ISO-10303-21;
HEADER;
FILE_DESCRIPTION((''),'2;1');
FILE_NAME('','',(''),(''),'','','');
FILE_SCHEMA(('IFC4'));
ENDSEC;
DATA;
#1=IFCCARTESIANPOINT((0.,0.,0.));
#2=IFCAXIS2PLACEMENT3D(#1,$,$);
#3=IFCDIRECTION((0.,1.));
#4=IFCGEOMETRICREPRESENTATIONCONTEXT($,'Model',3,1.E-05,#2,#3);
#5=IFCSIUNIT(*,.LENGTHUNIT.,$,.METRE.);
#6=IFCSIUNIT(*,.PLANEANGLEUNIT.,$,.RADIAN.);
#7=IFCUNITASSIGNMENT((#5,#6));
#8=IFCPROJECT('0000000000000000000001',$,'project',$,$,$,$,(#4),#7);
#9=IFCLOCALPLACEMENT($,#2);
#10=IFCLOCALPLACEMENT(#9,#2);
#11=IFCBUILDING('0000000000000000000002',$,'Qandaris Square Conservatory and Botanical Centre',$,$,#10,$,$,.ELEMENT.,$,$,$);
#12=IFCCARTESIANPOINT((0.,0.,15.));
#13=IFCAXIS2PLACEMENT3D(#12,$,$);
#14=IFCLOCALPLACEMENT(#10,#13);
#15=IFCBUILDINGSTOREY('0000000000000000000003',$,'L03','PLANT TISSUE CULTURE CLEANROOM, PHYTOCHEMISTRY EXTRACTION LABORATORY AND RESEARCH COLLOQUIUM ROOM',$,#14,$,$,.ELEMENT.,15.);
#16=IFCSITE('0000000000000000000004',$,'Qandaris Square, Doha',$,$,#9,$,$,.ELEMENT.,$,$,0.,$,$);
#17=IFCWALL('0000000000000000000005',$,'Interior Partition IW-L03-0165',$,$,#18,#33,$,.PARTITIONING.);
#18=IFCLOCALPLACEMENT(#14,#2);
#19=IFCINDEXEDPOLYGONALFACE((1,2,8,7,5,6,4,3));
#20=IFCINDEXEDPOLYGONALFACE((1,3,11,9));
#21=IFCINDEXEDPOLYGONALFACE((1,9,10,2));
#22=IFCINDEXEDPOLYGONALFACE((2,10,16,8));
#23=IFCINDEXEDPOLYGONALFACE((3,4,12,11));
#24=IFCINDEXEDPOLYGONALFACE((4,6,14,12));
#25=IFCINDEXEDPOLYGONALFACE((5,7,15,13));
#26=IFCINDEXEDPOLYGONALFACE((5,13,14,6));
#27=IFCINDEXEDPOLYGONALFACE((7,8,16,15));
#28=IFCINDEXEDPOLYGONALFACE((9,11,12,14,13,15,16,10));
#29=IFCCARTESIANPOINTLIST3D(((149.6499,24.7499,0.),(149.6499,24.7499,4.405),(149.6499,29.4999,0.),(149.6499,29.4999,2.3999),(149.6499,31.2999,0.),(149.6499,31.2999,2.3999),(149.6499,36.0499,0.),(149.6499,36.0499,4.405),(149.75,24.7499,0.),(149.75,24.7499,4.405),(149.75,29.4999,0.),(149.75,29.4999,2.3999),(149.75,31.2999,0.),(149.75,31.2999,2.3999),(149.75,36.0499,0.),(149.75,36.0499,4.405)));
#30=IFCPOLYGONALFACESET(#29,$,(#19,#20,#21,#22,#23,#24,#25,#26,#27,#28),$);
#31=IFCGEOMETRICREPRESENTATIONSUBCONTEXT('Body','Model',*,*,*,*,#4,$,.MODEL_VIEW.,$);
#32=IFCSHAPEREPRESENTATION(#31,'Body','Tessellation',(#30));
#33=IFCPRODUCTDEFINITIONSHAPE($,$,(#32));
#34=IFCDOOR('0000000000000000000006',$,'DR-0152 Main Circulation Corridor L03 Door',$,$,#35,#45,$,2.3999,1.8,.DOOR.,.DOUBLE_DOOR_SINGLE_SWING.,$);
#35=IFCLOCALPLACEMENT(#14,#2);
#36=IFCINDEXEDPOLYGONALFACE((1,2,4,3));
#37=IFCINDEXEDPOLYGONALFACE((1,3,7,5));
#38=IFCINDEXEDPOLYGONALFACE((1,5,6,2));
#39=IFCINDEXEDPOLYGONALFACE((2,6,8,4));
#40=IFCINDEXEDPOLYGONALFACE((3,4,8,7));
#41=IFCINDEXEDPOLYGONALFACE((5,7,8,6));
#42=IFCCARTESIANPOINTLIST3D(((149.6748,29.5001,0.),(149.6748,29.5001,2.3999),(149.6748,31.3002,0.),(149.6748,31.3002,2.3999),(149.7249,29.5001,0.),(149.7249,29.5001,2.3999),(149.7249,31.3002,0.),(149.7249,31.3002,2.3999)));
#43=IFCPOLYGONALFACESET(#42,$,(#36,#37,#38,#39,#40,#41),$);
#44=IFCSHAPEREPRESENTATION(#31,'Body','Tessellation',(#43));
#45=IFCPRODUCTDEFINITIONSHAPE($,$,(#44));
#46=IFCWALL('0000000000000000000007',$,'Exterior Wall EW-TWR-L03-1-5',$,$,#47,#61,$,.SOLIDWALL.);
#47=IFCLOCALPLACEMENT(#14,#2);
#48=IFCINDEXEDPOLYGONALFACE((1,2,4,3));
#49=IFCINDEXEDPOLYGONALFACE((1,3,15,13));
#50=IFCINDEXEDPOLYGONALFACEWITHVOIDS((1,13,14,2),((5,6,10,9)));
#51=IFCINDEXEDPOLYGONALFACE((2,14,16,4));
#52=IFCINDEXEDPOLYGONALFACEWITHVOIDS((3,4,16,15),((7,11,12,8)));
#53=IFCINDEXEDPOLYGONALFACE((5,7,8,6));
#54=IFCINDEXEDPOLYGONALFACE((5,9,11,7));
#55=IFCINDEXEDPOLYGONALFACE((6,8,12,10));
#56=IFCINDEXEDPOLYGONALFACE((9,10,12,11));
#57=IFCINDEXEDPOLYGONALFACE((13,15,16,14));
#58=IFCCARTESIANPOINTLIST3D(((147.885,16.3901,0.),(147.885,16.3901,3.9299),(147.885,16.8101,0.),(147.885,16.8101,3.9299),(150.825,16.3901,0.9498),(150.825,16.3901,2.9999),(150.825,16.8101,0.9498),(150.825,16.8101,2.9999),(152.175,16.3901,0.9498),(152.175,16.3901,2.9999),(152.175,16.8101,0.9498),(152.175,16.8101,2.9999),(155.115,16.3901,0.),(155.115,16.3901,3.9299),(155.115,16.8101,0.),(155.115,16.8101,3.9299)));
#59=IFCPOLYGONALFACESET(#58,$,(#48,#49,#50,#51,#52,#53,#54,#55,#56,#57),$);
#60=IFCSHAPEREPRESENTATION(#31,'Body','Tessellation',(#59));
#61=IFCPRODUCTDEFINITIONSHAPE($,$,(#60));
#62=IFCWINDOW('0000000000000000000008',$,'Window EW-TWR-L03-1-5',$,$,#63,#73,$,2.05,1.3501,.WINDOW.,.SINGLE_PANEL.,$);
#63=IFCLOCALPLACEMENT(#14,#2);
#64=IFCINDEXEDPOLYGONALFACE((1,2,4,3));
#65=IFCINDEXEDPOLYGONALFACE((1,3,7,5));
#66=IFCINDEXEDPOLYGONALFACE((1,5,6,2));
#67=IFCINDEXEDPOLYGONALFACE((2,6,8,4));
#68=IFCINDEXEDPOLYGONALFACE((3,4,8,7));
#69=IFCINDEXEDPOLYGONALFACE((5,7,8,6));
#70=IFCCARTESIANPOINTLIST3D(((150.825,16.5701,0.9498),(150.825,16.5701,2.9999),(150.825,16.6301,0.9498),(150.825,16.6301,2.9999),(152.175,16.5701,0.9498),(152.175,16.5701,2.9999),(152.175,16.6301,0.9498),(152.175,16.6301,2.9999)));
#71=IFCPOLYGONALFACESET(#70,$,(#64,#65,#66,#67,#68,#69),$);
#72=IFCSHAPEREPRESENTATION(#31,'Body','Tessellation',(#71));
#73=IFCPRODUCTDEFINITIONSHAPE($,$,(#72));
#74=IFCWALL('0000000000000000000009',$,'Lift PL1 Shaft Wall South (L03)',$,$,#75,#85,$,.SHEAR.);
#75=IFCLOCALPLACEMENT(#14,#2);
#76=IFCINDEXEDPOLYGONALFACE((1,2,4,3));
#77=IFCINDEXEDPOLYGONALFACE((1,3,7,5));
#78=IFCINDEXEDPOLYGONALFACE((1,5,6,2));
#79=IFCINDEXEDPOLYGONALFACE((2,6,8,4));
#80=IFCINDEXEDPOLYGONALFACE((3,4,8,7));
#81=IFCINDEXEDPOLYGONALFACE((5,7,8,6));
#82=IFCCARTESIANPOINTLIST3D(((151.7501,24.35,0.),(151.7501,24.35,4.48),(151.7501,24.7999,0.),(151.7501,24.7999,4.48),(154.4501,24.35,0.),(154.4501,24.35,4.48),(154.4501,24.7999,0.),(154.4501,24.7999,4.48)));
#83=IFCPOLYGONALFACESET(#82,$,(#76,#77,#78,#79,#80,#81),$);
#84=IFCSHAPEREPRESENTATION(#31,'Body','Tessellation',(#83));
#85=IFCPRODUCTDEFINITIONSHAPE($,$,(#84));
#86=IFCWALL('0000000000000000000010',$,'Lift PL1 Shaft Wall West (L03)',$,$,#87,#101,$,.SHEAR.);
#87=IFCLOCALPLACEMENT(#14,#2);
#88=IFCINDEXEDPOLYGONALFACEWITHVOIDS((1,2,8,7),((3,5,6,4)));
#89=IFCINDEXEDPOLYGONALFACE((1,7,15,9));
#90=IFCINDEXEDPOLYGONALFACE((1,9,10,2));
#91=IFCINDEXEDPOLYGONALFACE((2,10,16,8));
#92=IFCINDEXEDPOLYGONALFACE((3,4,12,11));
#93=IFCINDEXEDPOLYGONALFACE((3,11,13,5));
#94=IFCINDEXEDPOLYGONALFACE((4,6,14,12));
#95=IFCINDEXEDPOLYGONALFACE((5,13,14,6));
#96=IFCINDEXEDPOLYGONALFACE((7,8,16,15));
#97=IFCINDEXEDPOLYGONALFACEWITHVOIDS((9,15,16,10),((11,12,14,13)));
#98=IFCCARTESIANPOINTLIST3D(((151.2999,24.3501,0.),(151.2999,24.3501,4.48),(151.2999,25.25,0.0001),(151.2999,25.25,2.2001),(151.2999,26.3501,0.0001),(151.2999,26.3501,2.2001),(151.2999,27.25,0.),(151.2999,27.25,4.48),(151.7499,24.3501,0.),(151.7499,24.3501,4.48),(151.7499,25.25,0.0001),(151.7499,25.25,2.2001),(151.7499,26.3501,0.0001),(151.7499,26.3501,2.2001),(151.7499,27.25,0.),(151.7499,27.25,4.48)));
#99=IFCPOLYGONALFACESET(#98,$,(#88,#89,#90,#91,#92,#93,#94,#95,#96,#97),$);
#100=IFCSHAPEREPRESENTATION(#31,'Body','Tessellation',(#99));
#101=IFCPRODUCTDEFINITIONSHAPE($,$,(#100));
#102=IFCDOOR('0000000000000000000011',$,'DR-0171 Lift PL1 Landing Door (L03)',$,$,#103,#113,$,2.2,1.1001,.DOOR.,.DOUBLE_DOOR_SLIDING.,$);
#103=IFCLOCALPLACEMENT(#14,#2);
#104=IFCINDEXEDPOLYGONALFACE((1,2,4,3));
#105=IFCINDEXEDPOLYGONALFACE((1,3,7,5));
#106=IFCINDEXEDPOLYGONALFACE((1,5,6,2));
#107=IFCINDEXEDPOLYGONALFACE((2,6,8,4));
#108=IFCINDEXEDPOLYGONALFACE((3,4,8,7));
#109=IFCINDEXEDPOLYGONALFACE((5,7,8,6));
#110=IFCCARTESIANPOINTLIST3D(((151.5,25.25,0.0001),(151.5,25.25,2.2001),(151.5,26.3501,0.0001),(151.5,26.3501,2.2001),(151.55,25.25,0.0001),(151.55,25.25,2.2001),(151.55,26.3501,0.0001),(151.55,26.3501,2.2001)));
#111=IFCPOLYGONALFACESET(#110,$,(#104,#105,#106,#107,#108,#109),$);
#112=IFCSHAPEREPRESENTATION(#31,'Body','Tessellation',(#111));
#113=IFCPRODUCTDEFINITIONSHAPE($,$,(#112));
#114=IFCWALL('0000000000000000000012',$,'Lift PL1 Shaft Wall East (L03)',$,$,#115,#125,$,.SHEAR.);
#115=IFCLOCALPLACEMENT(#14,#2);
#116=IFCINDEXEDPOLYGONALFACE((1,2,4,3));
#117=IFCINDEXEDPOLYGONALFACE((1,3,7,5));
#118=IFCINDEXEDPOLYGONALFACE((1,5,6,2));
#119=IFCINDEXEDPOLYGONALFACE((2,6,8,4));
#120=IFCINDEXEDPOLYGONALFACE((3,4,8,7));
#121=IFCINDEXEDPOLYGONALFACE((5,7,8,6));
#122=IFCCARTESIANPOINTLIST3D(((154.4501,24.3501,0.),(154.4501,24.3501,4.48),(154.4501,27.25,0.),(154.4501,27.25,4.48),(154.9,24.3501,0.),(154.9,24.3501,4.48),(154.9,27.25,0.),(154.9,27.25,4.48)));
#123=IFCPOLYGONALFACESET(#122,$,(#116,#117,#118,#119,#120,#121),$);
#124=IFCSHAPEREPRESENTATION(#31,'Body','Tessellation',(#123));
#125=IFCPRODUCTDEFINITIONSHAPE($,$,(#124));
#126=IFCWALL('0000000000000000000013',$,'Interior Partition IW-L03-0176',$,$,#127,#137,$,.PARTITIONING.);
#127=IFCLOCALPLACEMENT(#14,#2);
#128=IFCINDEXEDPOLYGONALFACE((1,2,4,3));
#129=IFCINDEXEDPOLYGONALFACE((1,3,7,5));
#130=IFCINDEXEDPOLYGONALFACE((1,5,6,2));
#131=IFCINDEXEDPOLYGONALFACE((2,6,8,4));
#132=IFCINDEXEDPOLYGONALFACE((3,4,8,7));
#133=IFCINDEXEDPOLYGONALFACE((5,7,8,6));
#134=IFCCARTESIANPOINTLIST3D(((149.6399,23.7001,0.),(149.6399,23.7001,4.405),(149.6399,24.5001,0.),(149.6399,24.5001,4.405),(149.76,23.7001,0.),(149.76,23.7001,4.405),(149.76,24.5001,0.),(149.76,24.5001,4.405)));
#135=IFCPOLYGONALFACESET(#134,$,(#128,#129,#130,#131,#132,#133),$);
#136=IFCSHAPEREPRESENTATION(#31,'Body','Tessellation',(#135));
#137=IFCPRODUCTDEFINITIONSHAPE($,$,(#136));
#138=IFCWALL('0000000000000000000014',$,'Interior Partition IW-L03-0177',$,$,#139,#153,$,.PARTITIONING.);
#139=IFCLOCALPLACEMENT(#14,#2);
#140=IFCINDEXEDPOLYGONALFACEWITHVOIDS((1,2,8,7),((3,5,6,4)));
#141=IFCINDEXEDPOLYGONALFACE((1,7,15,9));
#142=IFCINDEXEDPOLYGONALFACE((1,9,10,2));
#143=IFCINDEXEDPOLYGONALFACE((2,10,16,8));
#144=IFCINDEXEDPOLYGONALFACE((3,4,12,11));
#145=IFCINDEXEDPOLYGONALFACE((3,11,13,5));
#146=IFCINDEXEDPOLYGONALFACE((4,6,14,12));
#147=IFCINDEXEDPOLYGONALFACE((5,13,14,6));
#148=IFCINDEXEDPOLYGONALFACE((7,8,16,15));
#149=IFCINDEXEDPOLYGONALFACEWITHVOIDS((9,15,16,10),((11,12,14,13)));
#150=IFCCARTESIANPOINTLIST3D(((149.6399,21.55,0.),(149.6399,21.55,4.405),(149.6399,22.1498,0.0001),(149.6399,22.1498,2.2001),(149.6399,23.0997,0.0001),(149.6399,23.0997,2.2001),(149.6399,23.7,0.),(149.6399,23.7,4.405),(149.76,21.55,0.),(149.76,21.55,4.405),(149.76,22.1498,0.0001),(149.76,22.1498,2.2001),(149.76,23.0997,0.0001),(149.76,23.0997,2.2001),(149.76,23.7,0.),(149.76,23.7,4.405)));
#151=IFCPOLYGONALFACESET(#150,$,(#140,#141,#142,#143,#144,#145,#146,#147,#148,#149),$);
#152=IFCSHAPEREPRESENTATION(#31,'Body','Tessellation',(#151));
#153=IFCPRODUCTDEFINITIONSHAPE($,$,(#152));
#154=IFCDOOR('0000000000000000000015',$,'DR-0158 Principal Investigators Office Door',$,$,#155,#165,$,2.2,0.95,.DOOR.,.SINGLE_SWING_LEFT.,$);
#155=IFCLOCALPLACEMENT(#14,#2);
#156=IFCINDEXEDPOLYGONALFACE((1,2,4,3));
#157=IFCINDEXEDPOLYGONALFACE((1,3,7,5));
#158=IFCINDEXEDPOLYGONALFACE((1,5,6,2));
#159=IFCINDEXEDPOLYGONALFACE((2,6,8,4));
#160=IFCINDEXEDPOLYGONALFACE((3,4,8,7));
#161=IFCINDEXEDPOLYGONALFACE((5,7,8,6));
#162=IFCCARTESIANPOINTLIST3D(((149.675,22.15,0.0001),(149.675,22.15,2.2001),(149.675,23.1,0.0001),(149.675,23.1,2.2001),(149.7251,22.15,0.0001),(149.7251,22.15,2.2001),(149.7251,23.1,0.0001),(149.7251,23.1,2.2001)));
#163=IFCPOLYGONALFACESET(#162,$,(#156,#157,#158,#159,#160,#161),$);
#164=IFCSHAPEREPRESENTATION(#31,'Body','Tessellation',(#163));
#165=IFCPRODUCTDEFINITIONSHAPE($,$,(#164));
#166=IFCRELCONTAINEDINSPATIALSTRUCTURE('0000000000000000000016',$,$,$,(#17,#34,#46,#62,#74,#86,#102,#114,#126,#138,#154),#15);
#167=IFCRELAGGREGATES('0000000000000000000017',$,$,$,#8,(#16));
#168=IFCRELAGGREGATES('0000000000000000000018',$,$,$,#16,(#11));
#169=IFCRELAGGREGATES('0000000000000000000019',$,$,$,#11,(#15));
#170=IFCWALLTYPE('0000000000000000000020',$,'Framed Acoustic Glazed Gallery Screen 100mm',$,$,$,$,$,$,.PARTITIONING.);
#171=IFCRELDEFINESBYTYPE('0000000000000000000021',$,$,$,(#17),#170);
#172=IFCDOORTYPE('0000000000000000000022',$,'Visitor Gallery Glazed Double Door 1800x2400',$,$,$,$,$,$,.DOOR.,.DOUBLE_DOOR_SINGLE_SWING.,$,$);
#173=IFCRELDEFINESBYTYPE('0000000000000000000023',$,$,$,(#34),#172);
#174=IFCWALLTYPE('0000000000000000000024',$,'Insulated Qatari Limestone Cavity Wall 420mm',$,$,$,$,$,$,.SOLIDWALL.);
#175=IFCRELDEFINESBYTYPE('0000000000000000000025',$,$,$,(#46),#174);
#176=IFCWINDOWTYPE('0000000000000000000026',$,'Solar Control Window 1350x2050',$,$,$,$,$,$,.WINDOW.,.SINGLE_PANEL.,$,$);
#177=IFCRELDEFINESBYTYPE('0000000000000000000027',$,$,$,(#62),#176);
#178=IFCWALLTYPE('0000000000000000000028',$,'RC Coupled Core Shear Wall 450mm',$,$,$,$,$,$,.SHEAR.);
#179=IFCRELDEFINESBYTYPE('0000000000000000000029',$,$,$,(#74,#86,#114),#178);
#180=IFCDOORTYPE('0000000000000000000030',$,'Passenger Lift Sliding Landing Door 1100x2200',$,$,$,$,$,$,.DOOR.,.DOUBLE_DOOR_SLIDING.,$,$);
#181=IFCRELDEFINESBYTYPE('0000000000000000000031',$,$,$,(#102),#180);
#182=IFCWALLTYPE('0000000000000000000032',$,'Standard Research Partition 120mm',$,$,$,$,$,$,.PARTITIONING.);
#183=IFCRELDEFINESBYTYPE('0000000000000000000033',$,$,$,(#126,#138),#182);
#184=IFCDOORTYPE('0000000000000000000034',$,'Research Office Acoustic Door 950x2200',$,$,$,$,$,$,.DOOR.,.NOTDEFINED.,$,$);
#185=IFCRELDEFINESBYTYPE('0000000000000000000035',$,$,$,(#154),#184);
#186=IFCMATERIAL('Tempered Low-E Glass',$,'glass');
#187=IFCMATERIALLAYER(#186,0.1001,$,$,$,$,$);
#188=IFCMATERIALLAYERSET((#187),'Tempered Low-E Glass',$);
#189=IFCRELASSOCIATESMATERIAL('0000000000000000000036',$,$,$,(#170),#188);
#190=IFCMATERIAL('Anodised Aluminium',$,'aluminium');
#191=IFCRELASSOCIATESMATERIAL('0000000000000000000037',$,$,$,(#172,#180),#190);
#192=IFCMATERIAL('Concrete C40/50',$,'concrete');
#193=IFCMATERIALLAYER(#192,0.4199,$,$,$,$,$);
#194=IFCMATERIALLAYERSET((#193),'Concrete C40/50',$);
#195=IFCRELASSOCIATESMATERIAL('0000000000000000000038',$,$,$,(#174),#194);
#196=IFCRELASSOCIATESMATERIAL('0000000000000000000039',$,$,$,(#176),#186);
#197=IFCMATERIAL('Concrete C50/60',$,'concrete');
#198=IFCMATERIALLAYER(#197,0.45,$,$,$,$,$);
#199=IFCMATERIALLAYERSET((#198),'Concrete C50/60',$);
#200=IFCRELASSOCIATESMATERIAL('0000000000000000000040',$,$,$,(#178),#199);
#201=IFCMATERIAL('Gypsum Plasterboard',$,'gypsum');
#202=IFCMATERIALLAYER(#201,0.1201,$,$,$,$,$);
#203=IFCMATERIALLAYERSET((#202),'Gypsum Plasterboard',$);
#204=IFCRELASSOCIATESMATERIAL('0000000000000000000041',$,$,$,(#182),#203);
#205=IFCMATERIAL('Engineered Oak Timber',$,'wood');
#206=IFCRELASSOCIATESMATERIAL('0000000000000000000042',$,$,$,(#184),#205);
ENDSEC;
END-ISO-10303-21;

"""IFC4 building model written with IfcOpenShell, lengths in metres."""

from ifc_helpers import new_model, si_unit, direction, frame, frame_2d, origin, place, context, subcontext, project, spatial, rectangle, extrude, material, layer, layer_set, type_object, element, fill, save


model = new_model("IFC4")

# Units and contexts
model_context = context("Model", 3, precision=1e-05, world=origin(), true_north=direction((0.0, 1.0)))
body_context = subcontext(model_context, "Body", "Model", "MODEL_VIEW")
ifc_project = project(units=[si_unit("LENGTHUNIT", "METRE"), si_unit("PLANEANGLEUNIT", "RADIAN")], contexts=[model_context])

# Site, building, storey
site_placement = place(None, origin())
site = spatial("IfcSite", under=ifc_project, at=site_placement, Name="Qandaris Square, Doha", CompositionType="ELEMENT", RefElevation=0.0)
building_placement = place(site_placement, origin())
building = spatial("IfcBuilding", under=site, at=building_placement, Name="Qandaris Square Conservatory and Botanical Centre", CompositionType="ELEMENT")
storey_placement = place(building_placement, frame((0.0, 0.0, 15.0)))
storey = spatial("IfcBuildingStorey", under=building, at=storey_placement, Name="L03", Description="PLANT TISSUE CULTURE CLEANROOM, PHYTOCHEMISTRY EXTRACTION LABORATORY AND RESEARCH COLLOQUIUM ROOM", CompositionType="ELEMENT", Elevation=15.0)

# Shared definitions
ifc_material_1 = material(Name="Concrete C50/60", Category="concrete")

# Wall, opening, door
ifc_material_2 = material(Name="Gypsum Plasterboard", Category="gypsum")
ifc_material_3 = material(Name="Engineered Oak Timber", Category="wood")
ifc_material_4 = material(Name="Tempered Low-E Glass", Category="glass")
ifc_layer_1 = layer(ifc_material_4, 0.1001)
ifc_layer_set_1 = layer_set([ifc_layer_1], Name="Tempered Low-E Glass")
wall_type_1 = type_object("IfcWallType", Name="Framed Acoustic Glazed Gallery Screen 100mm", PredefinedType="PARTITIONING", material=ifc_layer_set_1)
wall_1_placement = place(storey_placement, frame((149.7, 24.75, 0.0), z_axis=(0.0, 0.0, 1.0), x_axis=(0.0, 1.0, 0.0)))
wall_1 = element("IfcWall", 1, at=wall_1_placement, inside=storey, type_object=wall_type_1, Name="Interior Partition IW-L03-0165", PredefinedType="PARTITIONING", context=body_context, shape_type="SweptSolid", body=[
    extrude(rectangle(XDim=11.3, YDim=0.1001, at=frame_2d((5.6499, 0.0))), origin(), (0.0, 0.0, 1.0), 4.405),
])
opening_1_placement = place(wall_1_placement, frame((4.75, 0.0, 0.0)))
opening_1 = element("IfcOpeningElement", 2, at=opening_1_placement, cuts=wall_1, PredefinedType="OPENING", context=body_context, shape_type="SweptSolid", body=[
    extrude(rectangle(XDim=1.8, YDim=2.3999, at=frame_2d((0.8999, 1.2))), frame((0.0, 0.062, 0.0), z_axis=(0.0, -1.0, 0.0), x_axis=(1.0, 0.0, 0.0)), (0.0, 0.0, 1.0), 0.124),
])
ifc_material_5 = material(Name="Anodised Aluminium", Category="aluminium")
door_type_1 = type_object("IfcDoorType", Name="Visitor Gallery Glazed Double Door 1800x2400", OperationType="DOUBLE_DOOR_SINGLE_SWING", PredefinedType="DOOR", material=ifc_material_5)
door_1_placement = place(opening_1_placement, frame((1.8, 0.0, 0.0), z_axis=(0.0, 0.0, 1.0), x_axis=(-1.0, 0.0, 0.0)))
door_1 = element("IfcDoor", 3, at=door_1_placement, inside=storey, type_object=door_type_1, Name="DR-0152 Main Circulation Corridor L03 Door", OperationType="DOUBLE_DOOR_SINGLE_SWING", OverallHeight=2.3999, OverallWidth=1.8, PredefinedType="DOOR", context=body_context, shape_type="SweptSolid", body=[
    extrude(rectangle(XDim=1.8, YDim=2.3999, at=frame_2d((0.8999, 1.2))), frame((0.0, 0.0249, 0.0), z_axis=(0.0, -1.0, 0.0), x_axis=(1.0, 0.0, 0.0)), (0.0, 0.0, 1.0), 0.05),
])
fill(opening_1, door_1)

# Wall, opening, window
ifc_material_6 = material(Name="Concrete C40/50", Category="concrete")
ifc_layer_2 = layer(ifc_material_6, 0.4199)
ifc_layer_set_2 = layer_set([ifc_layer_2], Name="Concrete C40/50")
wall_type_2 = type_object("IfcWallType", Name="Insulated Qatari Limestone Cavity Wall 420mm", PredefinedType="SOLIDWALL", material=ifc_layer_set_2)
wall_2_placement = place(storey_placement, frame((147.885, 16.6001, 0.0), z_axis=(0.0, 0.0, 1.0), x_axis=(1.0, 0.0, 0.0)))
wall_2 = element("IfcWall", 4, at=wall_2_placement, inside=storey, type_object=wall_type_2, Name="Exterior Wall EW-TWR-L03-1-5", PredefinedType="SOLIDWALL", context=body_context, shape_type="SweptSolid", body=[
    extrude(rectangle(XDim=7.23, YDim=0.4199, at=frame_2d((3.615, 0.0))), origin(), (0.0, 0.0, 1.0), 3.9299),
])
opening_2_placement = place(wall_2_placement, frame((2.9399, 0.0, 0.95)))
opening_2 = element("IfcOpeningElement", 5, at=opening_2_placement, cuts=wall_2, PredefinedType="OPENING", context=body_context, shape_type="SweptSolid", body=[
    extrude(rectangle(XDim=1.3501, YDim=2.05, at=frame_2d((0.675, 1.0249))), frame((0.0, 0.2219, 0.0), z_axis=(0.0, -1.0, 0.0), x_axis=(1.0, 0.0, 0.0)), (0.0, 0.0, 1.0), 0.4438),
])
window_type = type_object("IfcWindowType", Name="Solar Control Window 1350x2050", PartitioningType="SINGLE_PANEL", PredefinedType="WINDOW", material=ifc_material_4)
window_placement = place(opening_2_placement, origin())
window = element("IfcWindow", 6, at=window_placement, inside=storey, type_object=window_type, Name="Window EW-TWR-L03-1-5", OverallHeight=2.05, OverallWidth=1.3501, PartitioningType="SINGLE_PANEL", PredefinedType="WINDOW", context=body_context, shape_type="SweptSolid", body=[
    extrude(rectangle(XDim=1.3501, YDim=2.05, at=frame_2d((0.675, 1.0249))), frame((0.0, 0.03, 0.0), z_axis=(0.0, -1.0, 0.0), x_axis=(1.0, 0.0, 0.0)), (0.0, 0.0, 1.0), 0.0601),
])
fill(opening_2, window)

# Wall
ifc_layer_3 = layer(ifc_material_1, 0.45)
ifc_layer_set_3 = layer_set([ifc_layer_3], Name="Concrete C50/60")
wall_type_3 = type_object("IfcWallType", Name="RC Coupled Core Shear Wall 450mm", PredefinedType="SHEAR", material=ifc_layer_set_3)
wall_3_placement = place(storey_placement, frame((151.75, 24.575, 0.0), z_axis=(0.0, 0.0, 1.0), x_axis=(1.0, 0.0, 0.0)))
element("IfcWall", 7, at=wall_3_placement, inside=storey, type_object=wall_type_3, Name="Lift PL1 Shaft Wall South (L03)", PredefinedType="SHEAR", context=body_context, shape_type="SweptSolid", body=[
    extrude(rectangle(XDim=2.7, YDim=0.45, at=frame_2d((1.3501, 0.0))), origin(), (0.0, 0.0, 1.0), 4.48),
])

# Wall, opening, door
wall_4_placement = place(storey_placement, frame((151.5249, 24.3501, 0.0), z_axis=(0.0, 0.0, 1.0), x_axis=(0.0, 1.0, 0.0)))
wall_4 = element("IfcWall", 8, at=wall_4_placement, inside=storey, type_object=wall_type_3, Name="Lift PL1 Shaft Wall West (L03)", PredefinedType="SHEAR", context=body_context, shape_type="SweptSolid", body=[
    extrude(rectangle(XDim=2.8999, YDim=0.45, at=frame_2d((1.45, 0.0))), origin(), (0.0, 0.0, 1.0), 4.48),
])
opening_3_placement = place(wall_4_placement, frame((0.8999, 0.0, 0.0)))
opening_3 = element("IfcOpeningElement", 9, at=opening_3_placement, cuts=wall_4, PredefinedType="OPENING", context=body_context, shape_type="SweptSolid", body=[
    extrude(rectangle(XDim=1.1001, YDim=2.2, at=frame_2d((0.55, 1.1001))), frame((0.0, 0.2368, 0.0), z_axis=(0.0, -1.0, 0.0), x_axis=(1.0, 0.0, 0.0)), (0.0, 0.0, 1.0), 0.4739),
])
door_type_2 = type_object("IfcDoorType", Name="Passenger Lift Sliding Landing Door 1100x2200", OperationType="DOUBLE_DOOR_SLIDING", PredefinedType="DOOR", material=ifc_material_5)
door_2_placement = place(opening_3_placement, origin())
door_2 = element("IfcDoor", 10, at=door_2_placement, inside=storey, type_object=door_type_2, Name="DR-0171 Lift PL1 Landing Door (L03)", OperationType="DOUBLE_DOOR_SLIDING", OverallHeight=2.2, OverallWidth=1.1001, PredefinedType="DOOR", context=body_context, shape_type="SweptSolid", body=[
    extrude(rectangle(XDim=1.1001, YDim=2.2, at=frame_2d((0.55, 1.1001))), frame((0.0, 0.0249, 0.0), z_axis=(0.0, -1.0, 0.0), x_axis=(1.0, 0.0, 0.0)), (0.0, 0.0, 1.0), 0.05),
])
fill(opening_3, door_2)

# Walls
wall_5_placement = place(storey_placement, frame((154.675, 24.3501, 0.0), z_axis=(0.0, 0.0, 1.0), x_axis=(0.0, 1.0, 0.0)))
element("IfcWall", 11, at=wall_5_placement, inside=storey, type_object=wall_type_3, Name="Lift PL1 Shaft Wall East (L03)", PredefinedType="SHEAR", context=body_context, shape_type="SweptSolid", body=[
    extrude(rectangle(XDim=2.8999, YDim=0.45, at=frame_2d((1.45, 0.0))), origin(), (0.0, 0.0, 1.0), 4.48),
])
ifc_layer_4 = layer(ifc_material_2, 0.1201)
ifc_layer_set_4 = layer_set([ifc_layer_4], Name="Gypsum Plasterboard")
wall_type_4 = type_object("IfcWallType", Name="Standard Research Partition 120mm", PredefinedType="PARTITIONING", material=ifc_layer_set_4)
wall_6_placement = place(storey_placement, frame((149.7, 24.5, 0.0), z_axis=(0.0, 0.0, 1.0), x_axis=(0.0, -1.0, 0.0)))
element("IfcWall", 12, at=wall_6_placement, inside=storey, type_object=wall_type_4, Name="Interior Partition IW-L03-0176", PredefinedType="PARTITIONING", context=body_context, shape_type="SweptSolid", body=[
    extrude(rectangle(XDim=0.8, YDim=0.1201, at=frame_2d((0.3999, 0.0))), origin(), (0.0, 0.0, 1.0), 4.405),
])

# Wall, opening, door
wall_7_placement = place(storey_placement, frame((149.7, 23.7, 0.0), z_axis=(0.0, 0.0, 1.0), x_axis=(0.0, -1.0, 0.0)))
wall_7 = element("IfcWall", 13, at=wall_7_placement, inside=storey, type_object=wall_type_4, Name="Interior Partition IW-L03-0177", PredefinedType="PARTITIONING", context=body_context, shape_type="SweptSolid", body=[
    extrude(rectangle(XDim=2.1499, YDim=0.1201, at=frame_2d((1.075, 0.0))), origin(), (0.0, 0.0, 1.0), 4.405),
])
opening_4_placement = place(wall_7_placement, frame((0.6001, 0.0, 0.0)))
opening_4 = element("IfcOpeningElement", 14, at=opening_4_placement, cuts=wall_7, PredefinedType="OPENING", context=body_context, shape_type="SweptSolid", body=[
    extrude(rectangle(XDim=0.95, YDim=2.2, at=frame_2d((0.4751, 1.1001))), frame((0.0, 0.072, 0.0), z_axis=(0.0, -1.0, 0.0), x_axis=(1.0, 0.0, 0.0)), (0.0, 0.0, 1.0), 0.144),
])
door_type_3 = type_object("IfcDoorType", Name="Research Office Acoustic Door 950x2200", OperationType="NOTDEFINED", PredefinedType="DOOR", material=ifc_material_3)
door_3_placement = place(opening_4_placement, frame((0.95, 0.0, 0.0), z_axis=(0.0, 0.0, 1.0), x_axis=(-1.0, 0.0, 0.0)))
door_3 = element("IfcDoor", 15, at=door_3_placement, inside=storey, type_object=door_type_3, Name="DR-0158 Principal Investigators Office Door", OperationType="SINGLE_SWING_LEFT", OverallHeight=2.2, OverallWidth=0.95, PredefinedType="DOOR", context=body_context, shape_type="SweptSolid", body=[
    extrude(rectangle(XDim=0.95, YDim=2.2, at=frame_2d((0.4751, 1.1001))), frame((0.0, 0.0249, 0.0), z_axis=(0.0, -1.0, 0.0), x_axis=(1.0, 0.0, 0.0)), (0.0, 0.0, 1.0), 0.05),
])
fill(opening_4, door_3)

save(model, "model.ifc")
